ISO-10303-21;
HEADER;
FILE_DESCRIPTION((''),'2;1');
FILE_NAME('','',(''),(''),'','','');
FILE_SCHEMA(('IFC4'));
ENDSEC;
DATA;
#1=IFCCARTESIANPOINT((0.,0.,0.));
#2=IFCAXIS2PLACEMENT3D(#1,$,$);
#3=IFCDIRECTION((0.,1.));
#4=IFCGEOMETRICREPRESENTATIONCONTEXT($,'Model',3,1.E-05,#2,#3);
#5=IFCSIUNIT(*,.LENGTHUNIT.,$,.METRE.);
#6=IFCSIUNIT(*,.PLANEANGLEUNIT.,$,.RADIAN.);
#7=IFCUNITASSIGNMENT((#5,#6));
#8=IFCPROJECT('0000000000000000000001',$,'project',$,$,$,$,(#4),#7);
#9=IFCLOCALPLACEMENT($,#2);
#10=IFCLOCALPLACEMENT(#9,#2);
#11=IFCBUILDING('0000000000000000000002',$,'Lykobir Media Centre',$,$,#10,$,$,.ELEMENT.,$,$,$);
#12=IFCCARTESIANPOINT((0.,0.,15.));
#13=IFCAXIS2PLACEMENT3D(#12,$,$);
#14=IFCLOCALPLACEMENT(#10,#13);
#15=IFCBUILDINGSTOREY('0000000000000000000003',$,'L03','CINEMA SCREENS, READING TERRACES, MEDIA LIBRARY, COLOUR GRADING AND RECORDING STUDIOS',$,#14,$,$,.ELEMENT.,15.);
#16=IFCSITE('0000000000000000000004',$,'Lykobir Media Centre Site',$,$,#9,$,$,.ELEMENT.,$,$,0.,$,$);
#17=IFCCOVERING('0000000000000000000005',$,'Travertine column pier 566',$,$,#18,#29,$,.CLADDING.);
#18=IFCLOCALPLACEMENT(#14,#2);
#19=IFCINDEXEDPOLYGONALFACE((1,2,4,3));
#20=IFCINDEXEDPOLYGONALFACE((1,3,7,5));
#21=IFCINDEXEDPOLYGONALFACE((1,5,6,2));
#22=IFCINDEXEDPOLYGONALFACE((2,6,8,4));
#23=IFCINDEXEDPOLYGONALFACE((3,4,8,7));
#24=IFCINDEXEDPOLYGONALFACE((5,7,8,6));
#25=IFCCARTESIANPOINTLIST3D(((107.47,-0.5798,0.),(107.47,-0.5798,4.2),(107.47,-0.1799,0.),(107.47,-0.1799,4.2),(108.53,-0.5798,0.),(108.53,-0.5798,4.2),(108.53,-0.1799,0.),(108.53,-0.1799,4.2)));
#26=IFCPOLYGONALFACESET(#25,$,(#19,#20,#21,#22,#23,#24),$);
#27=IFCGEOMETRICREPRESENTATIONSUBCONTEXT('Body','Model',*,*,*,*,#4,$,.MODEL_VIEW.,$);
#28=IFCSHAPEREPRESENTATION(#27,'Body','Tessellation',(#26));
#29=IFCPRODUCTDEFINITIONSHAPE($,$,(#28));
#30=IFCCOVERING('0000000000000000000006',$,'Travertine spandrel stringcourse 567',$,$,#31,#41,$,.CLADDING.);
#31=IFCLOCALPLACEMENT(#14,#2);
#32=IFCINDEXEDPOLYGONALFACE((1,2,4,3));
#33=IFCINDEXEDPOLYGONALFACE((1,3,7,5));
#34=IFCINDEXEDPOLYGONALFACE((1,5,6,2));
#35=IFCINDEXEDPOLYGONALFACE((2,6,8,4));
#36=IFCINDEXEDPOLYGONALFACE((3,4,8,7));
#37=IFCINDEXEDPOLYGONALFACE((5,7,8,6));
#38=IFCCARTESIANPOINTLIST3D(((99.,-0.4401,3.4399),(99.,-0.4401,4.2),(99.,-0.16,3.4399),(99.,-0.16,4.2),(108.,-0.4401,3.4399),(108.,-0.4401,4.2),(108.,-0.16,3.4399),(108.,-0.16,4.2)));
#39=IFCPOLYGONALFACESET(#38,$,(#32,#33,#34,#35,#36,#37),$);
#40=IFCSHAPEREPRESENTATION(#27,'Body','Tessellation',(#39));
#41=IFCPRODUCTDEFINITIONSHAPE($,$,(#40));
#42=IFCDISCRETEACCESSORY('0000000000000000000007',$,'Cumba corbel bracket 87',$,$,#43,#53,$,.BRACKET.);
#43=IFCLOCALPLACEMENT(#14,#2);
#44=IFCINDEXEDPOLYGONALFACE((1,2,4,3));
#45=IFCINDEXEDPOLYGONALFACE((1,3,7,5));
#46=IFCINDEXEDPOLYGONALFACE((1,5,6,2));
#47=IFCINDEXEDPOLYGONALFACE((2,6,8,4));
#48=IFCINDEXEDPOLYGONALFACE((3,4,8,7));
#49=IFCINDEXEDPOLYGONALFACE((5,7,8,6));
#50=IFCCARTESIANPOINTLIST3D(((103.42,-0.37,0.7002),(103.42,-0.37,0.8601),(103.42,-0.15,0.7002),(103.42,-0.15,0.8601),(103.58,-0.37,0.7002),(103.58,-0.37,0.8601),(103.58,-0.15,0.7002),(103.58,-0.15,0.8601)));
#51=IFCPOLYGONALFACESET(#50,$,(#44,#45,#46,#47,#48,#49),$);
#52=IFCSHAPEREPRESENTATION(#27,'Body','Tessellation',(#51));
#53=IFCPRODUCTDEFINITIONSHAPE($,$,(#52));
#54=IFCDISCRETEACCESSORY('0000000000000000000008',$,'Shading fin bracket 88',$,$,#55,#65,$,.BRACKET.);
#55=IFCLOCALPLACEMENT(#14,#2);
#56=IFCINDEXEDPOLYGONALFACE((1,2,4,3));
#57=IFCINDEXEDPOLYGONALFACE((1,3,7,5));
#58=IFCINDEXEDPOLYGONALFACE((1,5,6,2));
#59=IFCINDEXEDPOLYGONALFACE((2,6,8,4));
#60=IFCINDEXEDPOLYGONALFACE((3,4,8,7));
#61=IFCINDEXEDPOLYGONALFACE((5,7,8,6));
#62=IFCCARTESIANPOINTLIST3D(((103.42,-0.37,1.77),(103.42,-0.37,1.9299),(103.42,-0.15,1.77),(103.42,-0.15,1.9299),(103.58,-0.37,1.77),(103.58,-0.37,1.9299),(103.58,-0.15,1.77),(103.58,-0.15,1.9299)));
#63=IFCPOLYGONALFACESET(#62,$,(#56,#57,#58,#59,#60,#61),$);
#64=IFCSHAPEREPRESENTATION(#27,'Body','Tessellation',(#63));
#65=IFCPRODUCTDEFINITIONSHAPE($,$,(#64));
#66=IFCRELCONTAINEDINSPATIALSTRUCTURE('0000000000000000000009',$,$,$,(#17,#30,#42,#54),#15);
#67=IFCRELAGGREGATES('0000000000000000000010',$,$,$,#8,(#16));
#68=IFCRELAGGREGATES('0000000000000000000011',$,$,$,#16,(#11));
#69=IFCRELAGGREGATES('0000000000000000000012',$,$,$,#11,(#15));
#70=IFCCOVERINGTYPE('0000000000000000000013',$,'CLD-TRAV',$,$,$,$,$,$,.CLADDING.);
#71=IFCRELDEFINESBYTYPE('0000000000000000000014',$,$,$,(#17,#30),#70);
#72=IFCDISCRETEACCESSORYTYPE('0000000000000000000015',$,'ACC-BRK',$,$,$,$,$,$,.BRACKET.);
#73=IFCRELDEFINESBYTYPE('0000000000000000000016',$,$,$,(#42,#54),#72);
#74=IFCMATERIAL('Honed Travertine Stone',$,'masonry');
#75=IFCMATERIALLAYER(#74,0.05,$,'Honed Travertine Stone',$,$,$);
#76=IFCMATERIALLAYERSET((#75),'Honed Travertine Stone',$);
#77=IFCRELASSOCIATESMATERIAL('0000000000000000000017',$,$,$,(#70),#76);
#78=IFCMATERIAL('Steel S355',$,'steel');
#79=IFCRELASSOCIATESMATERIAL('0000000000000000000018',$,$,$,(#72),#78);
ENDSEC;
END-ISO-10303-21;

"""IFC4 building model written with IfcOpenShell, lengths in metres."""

from ifc_helpers import new_model, si_unit, direction, frame, origin, origin_2d, place, context, subcontext, project, spatial, rectangle, extrude, material, layer, layer_set, type_object, element, save


model = new_model("IFC4")

# Units and contexts
model_context = context("Model", 3, precision=1e-05, world=origin(), true_north=direction((0.0, 1.0)))
body_context = subcontext(model_context, "Body", "Model", "MODEL_VIEW")
ifc_project = project(units=[si_unit("LENGTHUNIT", "METRE"), si_unit("PLANEANGLEUNIT", "RADIAN")], contexts=[model_context])

# Site, building, storey
site_placement = place(None, origin())
site = spatial("IfcSite", under=ifc_project, at=site_placement, Name="Lykobir Media Centre Site", CompositionType="ELEMENT", RefElevation=0.0)
building_placement = place(site_placement, origin())
building = spatial("IfcBuilding", under=site, at=building_placement, Name="Lykobir Media Centre", CompositionType="ELEMENT")
storey_placement = place(building_placement, frame((0.0, 0.0, 15.0)))
storey = spatial("IfcBuildingStorey", under=building, at=storey_placement, Name="L03", Description="CINEMA SCREENS, READING TERRACES, MEDIA LIBRARY, COLOUR GRADING AND RECORDING STUDIOS", CompositionType="ELEMENT", Elevation=15.0)

# Shared definitions
ifc_material_1 = material(Name="Steel S355", Category="steel")

# Coverings
ifc_material_2 = material(Name="Honed Travertine Stone", Category="masonry")
ifc_layer_1 = layer(ifc_material_2, 0.05, Name="Honed Travertine Stone")
ifc_layer_set_1 = layer_set([ifc_layer_1], Name="Honed Travertine Stone")
covering_type_1 = type_object("IfcCoveringType", Name="CLD-TRAV", PredefinedType="CLADDING", material=ifc_layer_set_1)
covering_1_placement = place(storey_placement, frame((108.0, -0.3799, 0.0), z_axis=(0.0, 0.0, 1.0), x_axis=(1.0, 0.0, 0.0)))
element("IfcCovering", 1, at=covering_1_placement, inside=storey, type_object=covering_type_1, Name="Travertine column pier 566", PredefinedType="CLADDING", context=body_context, shape_type="SweptSolid", body=[
    extrude(rectangle(XDim=1.0601, YDim=0.3999, at=origin_2d()), origin(), (0.0, 0.0, 1.0), 4.2),
])
covering_2_placement = place(storey_placement, frame((103.5, -0.3, 3.4399), z_axis=(0.0, 0.0, 1.0), x_axis=(1.0, 0.0, 0.0)))
element("IfcCovering", 2, at=covering_2_placement, inside=storey, type_object=covering_type_1, Name="Travertine spandrel stringcourse 567", PredefinedType="CLADDING", context=body_context, shape_type="SweptSolid", body=[
    extrude(rectangle(XDim=9.0, YDim=0.28, at=origin_2d()), origin(), (0.0, 0.0, 1.0), 0.76),
])

# Discrete accessories
discrete_accessory_type = type_object("IfcDiscreteAccessoryType", Name="ACC-BRK", PredefinedType="BRACKET", material=ifc_material_1)
for number, where, z_axis, x_axis, name in (
    (3, (103.5, -0.26, 0.7002), (0.0, 0.0, 1.0), (1.0, 0.0, 0.0), "Cumba corbel bracket 87"),
    (4, (103.5, -0.26, 1.77), (0.0, 0.0, 1.0), (1.0, 0.0, 0.0), "Shading fin bracket 88"),
):
    element("IfcDiscreteAccessory", number, at=place(storey_placement, frame(where, z_axis=z_axis, x_axis=x_axis)), inside=storey, type_object=discrete_accessory_type, Name=name, PredefinedType="BRACKET", context=body_context, shape_type="SweptSolid", body=[
        extrude(rectangle(XDim=0.1599, YDim=0.22, at=origin_2d()), origin(), (0.0, 0.0, 1.0), 0.1599),
    ])

save(model, "model.ifc")
